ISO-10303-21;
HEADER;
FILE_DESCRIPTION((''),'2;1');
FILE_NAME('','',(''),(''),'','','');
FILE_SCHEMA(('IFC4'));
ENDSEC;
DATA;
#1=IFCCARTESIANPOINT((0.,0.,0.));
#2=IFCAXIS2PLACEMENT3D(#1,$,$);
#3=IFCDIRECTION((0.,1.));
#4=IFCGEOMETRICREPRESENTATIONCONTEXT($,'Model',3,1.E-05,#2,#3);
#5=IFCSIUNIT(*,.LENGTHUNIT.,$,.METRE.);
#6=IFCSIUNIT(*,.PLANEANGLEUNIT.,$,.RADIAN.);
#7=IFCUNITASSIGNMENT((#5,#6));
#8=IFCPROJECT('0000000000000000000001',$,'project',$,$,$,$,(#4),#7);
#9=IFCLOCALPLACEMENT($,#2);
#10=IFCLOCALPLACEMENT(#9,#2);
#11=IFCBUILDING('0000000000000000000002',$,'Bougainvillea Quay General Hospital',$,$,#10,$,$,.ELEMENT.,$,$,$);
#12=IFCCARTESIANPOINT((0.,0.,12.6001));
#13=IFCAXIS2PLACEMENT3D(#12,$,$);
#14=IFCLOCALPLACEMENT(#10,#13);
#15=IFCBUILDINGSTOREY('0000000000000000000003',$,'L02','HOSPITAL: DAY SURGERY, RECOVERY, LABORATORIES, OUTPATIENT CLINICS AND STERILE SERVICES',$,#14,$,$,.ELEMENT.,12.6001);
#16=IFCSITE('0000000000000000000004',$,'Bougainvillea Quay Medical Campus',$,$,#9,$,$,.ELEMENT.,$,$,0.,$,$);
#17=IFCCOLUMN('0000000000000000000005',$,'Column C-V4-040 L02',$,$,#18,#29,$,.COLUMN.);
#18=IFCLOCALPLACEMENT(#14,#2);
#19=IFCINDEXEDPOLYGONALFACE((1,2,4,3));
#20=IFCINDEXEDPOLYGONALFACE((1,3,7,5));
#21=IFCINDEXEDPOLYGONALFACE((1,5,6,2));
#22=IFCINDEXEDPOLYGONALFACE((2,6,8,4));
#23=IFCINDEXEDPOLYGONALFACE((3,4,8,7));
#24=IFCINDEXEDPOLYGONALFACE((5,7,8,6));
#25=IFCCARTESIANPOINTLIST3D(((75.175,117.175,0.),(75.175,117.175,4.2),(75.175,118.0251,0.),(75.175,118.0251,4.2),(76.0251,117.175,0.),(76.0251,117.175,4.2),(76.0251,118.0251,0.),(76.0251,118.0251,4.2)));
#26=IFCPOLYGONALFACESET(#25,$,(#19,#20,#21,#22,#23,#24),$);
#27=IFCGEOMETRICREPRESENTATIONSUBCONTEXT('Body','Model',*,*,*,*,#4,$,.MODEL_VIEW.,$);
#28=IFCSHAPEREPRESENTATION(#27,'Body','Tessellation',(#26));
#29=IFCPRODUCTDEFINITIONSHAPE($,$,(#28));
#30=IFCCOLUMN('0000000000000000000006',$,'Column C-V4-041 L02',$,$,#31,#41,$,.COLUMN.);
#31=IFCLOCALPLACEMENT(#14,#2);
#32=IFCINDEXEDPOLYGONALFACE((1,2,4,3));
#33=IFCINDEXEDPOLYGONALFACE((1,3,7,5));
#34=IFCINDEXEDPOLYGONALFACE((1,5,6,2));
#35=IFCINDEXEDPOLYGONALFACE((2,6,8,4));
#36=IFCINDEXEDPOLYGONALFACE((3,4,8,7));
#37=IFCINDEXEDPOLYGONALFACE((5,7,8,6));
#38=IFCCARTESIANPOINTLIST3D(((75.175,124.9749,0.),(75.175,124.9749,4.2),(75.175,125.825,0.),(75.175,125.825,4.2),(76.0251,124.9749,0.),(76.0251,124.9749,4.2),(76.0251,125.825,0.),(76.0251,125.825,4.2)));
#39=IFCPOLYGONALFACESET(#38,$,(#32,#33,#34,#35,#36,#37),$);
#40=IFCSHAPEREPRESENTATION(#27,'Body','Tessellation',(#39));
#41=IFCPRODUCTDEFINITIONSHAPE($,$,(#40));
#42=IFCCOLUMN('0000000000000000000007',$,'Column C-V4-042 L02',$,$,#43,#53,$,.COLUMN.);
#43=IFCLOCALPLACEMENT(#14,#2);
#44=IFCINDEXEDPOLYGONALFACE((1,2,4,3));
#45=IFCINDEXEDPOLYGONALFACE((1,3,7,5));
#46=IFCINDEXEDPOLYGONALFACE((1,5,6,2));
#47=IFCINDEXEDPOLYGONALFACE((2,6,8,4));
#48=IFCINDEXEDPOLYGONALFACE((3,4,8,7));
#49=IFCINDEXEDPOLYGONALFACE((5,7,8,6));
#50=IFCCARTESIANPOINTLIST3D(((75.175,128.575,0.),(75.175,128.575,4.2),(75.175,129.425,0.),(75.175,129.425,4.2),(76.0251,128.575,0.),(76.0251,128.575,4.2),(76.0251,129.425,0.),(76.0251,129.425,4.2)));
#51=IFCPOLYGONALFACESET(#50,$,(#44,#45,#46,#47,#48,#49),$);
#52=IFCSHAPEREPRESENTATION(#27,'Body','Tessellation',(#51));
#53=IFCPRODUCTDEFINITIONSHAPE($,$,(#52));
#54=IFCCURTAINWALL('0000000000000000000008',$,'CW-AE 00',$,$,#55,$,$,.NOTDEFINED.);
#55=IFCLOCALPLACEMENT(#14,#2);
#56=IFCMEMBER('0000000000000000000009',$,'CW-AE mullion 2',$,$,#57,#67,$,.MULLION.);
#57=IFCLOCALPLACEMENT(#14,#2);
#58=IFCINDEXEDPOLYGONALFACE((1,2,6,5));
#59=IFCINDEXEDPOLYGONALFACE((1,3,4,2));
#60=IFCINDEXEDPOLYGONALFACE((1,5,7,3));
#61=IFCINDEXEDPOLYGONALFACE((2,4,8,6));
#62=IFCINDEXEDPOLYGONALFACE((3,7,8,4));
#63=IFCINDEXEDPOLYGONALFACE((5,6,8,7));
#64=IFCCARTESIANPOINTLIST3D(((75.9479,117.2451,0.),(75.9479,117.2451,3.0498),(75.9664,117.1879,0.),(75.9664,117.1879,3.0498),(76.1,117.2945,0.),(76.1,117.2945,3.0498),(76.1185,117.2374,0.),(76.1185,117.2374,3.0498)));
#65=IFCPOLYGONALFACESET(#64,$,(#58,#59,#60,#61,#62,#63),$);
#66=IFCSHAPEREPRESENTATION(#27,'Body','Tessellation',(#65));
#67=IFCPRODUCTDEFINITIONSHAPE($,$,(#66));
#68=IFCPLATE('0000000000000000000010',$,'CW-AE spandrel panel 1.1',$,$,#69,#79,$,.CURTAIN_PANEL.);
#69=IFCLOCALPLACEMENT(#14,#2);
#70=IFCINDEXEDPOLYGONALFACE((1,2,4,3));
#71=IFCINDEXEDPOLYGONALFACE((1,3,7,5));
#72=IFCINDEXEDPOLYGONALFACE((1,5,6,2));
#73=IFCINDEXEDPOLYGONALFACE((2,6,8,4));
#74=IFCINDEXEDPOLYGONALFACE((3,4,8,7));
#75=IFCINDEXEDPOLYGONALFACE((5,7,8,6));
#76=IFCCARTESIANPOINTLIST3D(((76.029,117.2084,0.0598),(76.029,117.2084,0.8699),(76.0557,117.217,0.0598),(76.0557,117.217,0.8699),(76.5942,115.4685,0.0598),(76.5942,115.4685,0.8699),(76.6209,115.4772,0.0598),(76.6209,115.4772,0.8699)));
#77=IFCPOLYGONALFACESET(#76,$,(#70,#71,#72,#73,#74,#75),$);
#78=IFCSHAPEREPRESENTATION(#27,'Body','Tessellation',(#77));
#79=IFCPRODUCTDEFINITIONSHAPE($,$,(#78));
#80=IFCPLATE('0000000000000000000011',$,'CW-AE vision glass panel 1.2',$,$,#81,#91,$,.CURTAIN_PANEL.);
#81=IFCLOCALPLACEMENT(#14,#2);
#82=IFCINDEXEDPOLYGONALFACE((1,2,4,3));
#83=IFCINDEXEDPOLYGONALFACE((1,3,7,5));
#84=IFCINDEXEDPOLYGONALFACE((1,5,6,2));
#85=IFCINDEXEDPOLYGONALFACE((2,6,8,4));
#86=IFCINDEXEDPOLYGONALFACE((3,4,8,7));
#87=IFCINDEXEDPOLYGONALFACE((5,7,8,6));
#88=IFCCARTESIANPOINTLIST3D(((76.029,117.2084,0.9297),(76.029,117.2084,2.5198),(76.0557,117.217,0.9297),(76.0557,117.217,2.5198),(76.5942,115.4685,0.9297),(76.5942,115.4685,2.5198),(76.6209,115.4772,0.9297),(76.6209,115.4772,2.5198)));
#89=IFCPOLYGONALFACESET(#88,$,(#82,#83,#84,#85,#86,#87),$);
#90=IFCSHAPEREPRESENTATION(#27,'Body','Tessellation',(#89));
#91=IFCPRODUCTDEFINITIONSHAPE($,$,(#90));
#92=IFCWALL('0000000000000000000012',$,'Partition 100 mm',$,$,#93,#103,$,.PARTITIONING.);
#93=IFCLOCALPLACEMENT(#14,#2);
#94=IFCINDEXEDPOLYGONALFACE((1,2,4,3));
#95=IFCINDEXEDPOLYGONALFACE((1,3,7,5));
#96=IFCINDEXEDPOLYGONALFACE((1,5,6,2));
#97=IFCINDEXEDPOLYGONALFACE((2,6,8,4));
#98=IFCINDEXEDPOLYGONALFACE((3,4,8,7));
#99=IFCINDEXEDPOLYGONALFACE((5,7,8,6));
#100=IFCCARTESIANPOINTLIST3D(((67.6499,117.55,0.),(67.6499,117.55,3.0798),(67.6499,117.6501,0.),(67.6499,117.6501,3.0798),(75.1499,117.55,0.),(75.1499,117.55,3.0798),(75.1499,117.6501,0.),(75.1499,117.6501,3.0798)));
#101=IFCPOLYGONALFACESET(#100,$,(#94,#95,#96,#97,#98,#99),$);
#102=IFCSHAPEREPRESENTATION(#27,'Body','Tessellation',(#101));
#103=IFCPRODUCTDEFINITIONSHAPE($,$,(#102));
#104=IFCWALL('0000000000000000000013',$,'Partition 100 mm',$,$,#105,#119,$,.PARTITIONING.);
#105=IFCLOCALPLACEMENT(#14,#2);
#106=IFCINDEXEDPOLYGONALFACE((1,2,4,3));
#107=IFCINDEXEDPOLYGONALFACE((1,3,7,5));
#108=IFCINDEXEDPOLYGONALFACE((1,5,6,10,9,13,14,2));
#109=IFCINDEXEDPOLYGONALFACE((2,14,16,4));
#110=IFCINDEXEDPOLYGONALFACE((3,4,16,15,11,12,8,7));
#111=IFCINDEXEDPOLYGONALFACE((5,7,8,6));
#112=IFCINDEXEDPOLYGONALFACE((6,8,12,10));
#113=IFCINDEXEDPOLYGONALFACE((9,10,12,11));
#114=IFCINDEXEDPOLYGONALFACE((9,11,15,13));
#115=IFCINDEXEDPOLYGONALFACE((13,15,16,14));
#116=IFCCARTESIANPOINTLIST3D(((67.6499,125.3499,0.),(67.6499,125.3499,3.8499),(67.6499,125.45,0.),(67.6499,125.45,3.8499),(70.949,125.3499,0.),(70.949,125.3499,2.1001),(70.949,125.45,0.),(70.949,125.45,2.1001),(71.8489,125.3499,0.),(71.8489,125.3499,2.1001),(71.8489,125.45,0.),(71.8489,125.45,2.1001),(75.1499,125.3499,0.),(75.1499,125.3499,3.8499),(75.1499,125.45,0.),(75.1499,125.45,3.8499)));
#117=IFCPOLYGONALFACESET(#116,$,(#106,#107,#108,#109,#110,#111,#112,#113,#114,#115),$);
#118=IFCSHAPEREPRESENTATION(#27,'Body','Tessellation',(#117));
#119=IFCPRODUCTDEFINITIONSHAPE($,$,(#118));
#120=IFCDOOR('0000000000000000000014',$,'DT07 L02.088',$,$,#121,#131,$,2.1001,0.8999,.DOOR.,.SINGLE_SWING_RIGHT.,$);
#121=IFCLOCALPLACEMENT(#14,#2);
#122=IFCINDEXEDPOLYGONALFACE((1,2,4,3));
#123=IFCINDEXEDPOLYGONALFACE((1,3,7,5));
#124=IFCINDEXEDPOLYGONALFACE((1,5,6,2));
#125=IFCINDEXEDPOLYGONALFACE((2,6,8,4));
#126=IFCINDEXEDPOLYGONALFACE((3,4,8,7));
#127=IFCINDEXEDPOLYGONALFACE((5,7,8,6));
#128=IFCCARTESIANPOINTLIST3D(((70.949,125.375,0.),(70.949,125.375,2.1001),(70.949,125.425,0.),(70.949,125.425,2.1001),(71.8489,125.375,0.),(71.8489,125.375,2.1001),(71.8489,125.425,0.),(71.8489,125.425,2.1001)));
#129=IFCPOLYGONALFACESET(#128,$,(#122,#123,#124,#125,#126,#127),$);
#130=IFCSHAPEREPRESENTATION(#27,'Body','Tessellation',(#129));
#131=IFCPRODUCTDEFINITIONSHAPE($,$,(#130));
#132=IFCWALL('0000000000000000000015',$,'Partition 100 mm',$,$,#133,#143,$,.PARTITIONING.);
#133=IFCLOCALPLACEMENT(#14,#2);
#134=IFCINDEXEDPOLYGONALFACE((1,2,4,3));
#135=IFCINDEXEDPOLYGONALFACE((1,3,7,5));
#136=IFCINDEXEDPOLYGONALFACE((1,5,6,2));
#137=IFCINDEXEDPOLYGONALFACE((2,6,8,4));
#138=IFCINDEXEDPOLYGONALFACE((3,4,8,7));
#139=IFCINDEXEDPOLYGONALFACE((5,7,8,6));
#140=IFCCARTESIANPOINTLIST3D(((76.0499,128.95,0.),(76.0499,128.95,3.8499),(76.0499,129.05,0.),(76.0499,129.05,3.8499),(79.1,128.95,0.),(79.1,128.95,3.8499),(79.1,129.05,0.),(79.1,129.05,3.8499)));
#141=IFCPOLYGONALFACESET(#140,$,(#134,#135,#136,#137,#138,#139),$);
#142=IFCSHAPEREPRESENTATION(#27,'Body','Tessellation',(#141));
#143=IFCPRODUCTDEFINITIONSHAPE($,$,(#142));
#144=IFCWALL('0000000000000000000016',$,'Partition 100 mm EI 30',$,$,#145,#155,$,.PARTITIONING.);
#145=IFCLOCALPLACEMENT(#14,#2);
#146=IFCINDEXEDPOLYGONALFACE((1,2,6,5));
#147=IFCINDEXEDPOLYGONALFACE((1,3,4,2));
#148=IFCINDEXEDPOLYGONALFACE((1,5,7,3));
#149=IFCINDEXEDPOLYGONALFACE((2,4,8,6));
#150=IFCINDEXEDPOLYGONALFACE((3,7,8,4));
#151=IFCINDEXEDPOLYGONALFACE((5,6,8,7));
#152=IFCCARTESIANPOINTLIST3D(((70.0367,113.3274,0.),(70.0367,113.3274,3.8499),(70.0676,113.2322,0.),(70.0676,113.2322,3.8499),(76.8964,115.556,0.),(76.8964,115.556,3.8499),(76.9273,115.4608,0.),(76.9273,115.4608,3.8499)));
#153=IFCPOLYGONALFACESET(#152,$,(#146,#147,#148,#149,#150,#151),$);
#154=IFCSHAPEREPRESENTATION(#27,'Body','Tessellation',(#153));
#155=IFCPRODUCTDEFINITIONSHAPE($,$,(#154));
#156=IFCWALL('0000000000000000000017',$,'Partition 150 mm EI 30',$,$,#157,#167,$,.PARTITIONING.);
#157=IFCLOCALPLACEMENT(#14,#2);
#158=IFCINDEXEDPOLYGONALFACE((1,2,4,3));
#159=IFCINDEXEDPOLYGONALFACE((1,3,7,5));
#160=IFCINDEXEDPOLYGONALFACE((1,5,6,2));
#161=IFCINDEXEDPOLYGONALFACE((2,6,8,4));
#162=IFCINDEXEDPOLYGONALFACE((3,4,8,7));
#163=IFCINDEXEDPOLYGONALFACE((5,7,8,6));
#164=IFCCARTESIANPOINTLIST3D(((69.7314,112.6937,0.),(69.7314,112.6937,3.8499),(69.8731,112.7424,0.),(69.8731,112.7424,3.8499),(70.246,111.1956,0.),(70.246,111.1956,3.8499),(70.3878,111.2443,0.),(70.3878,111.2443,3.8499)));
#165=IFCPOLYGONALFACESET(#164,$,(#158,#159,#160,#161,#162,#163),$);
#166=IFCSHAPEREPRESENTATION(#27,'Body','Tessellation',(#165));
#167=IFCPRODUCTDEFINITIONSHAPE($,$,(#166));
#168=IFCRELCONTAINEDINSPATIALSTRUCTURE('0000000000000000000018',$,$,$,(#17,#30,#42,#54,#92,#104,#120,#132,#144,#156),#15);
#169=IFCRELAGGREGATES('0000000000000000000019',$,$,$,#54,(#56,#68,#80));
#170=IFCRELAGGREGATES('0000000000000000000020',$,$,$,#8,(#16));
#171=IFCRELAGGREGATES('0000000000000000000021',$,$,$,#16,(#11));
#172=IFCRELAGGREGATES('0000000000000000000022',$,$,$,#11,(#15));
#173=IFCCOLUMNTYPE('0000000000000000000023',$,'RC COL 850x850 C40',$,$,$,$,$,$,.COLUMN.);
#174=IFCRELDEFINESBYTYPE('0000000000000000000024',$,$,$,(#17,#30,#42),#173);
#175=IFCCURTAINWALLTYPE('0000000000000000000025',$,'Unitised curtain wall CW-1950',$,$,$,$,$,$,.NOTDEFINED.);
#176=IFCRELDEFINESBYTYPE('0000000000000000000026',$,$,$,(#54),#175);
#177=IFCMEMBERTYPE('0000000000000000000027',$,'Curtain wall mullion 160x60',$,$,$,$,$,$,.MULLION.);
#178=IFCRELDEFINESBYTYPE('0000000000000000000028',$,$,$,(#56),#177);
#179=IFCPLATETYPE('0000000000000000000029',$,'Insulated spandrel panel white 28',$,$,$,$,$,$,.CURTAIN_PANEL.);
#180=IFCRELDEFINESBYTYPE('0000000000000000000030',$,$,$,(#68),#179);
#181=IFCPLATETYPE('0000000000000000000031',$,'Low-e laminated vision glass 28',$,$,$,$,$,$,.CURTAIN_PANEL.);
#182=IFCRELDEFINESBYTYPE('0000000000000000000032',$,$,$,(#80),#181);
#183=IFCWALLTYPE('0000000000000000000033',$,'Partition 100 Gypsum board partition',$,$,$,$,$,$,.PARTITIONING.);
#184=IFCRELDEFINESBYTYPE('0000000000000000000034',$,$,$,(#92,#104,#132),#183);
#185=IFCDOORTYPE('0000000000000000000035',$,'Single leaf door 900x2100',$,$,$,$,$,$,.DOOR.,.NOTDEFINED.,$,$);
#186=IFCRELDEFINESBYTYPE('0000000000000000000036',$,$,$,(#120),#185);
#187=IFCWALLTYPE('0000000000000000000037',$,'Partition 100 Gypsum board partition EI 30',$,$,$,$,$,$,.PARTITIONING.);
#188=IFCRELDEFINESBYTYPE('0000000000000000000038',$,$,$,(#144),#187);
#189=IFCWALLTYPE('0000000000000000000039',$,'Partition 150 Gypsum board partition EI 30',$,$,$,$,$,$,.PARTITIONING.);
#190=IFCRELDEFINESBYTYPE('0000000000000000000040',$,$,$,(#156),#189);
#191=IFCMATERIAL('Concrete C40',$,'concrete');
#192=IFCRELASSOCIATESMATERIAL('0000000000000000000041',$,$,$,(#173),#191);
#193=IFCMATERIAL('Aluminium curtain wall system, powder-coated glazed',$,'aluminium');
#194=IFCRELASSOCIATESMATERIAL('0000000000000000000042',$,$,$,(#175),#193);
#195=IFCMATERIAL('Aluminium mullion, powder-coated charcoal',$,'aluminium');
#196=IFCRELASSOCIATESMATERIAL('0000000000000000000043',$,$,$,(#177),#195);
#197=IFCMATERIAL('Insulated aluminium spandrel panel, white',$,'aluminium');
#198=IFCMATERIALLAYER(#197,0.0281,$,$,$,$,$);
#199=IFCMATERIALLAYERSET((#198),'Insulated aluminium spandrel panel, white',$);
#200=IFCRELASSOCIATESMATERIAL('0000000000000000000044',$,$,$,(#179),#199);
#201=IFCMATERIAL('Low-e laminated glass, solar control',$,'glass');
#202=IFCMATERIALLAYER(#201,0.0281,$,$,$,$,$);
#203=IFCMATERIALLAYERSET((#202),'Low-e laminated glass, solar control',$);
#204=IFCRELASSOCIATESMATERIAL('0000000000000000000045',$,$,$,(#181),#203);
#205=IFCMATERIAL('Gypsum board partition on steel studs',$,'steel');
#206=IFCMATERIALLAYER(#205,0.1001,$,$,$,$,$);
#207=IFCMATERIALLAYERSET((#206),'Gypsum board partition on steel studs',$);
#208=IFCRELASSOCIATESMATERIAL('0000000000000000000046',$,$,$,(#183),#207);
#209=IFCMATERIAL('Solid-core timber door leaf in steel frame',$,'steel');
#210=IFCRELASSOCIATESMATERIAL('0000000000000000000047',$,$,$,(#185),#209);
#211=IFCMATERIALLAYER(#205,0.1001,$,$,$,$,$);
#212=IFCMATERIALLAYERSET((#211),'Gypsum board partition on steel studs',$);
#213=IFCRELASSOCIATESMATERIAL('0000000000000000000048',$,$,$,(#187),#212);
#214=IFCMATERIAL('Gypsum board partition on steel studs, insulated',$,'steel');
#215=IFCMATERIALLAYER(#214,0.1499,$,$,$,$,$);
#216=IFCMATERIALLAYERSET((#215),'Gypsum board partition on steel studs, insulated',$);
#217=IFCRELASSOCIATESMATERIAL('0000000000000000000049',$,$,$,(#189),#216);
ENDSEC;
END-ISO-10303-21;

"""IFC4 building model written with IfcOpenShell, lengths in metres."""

from ifc_helpers import new_model, si_unit, direction, frame, frame_2d, origin, origin_2d, place, context, subcontext, project, spatial, rectangle, extrude, material, layer, layer_set, material_profile, profile_set, type_object, element, fill, aggregate, save


model = new_model("IFC4")

# Units and contexts
model_context = context("Model", 3, precision=1e-05, world=origin(), true_north=direction((0.0, 1.0)))
body_context = subcontext(model_context, "Body", "Model", "MODEL_VIEW")
ifc_project = project(units=[si_unit("LENGTHUNIT", "METRE"), si_unit("PLANEANGLEUNIT", "RADIAN")], contexts=[model_context])

# Site, building, storey
site_placement = place(None, origin())
site = spatial("IfcSite", under=ifc_project, at=site_placement, Name="Bougainvillea Quay Medical Campus", CompositionType="ELEMENT", RefElevation=0.0)
building_placement = place(site_placement, origin())
building = spatial("IfcBuilding", under=site, at=building_placement, Name="Bougainvillea Quay General Hospital", CompositionType="ELEMENT")
storey_placement = place(building_placement, frame((0.0, 0.0, 12.6001)))
storey = spatial("IfcBuildingStorey", under=building, at=storey_placement, Name="L02", Description="HOSPITAL: DAY SURGERY, RECOVERY, LABORATORIES, OUTPATIENT CLINICS AND STERILE SERVICES", CompositionType="ELEMENT", Elevation=12.6001)

# Columns
ifc_material_1 = material(Name="Concrete C40", Category="concrete")
ifc_material_profile_1 = material_profile(ifc_material_1, rectangle(XDim=0.8501, YDim=0.8501, at=origin_2d()))
ifc_profile_set_1 = profile_set([ifc_material_profile_1], Name="Concrete C40")
column_type = type_object("IfcColumnType", Name="RC COL 850x850 C40", PredefinedType="COLUMN", material=ifc_profile_set_1)
for number, where, z_axis, x_axis, name in (
    (1, (75.6001, 117.6001, 0.0), (0.0, 0.0, 1.0), (1.0, 0.0, 0.0), "Column C-V4-040 L02"),
    (2, (75.6001, 125.3999, 0.0), (0.0, 0.0, 1.0), (1.0, 0.0, 0.0), "Column C-V4-041 L02"),
    (3, (75.6001, 129.0, 0.0), (0.0, 0.0, 1.0), (1.0, 0.0, 0.0), "Column C-V4-042 L02"),
):
    element("IfcColumn", number, at=place(storey_placement, frame(where, z_axis=z_axis, x_axis=x_axis)), inside=storey, type_object=column_type, Name=name, PredefinedType="COLUMN", context=body_context, shape_type="SweptSolid", body=[
        extrude(rectangle(XDim=0.8501, YDim=0.8501, at=origin_2d()), origin(), (0.0, 0.0, 1.0), 4.2),
    ])

# Curtain wall, member, plates
ifc_material_2 = material(Name="Aluminium curtain wall system, powder-coated glazed", Category="aluminium")
curtain_wall_type = type_object("IfcCurtainWallType", Name="Unitised curtain wall CW-1950", PredefinedType="NOTDEFINED", material=ifc_material_2)
curtain_wall_placement = place(storey_placement, origin())
curtain_wall = element("IfcCurtainWall", 4, at=curtain_wall_placement, inside=storey, type_object=curtain_wall_type, Name="CW-AE 00", PredefinedType="NOTDEFINED")
ifc_material_3 = material(Name="Aluminium mullion, powder-coated charcoal", Category="aluminium")
ifc_material_profile_2 = material_profile(ifc_material_3, rectangle(XDim=0.1599, YDim=0.0601, at=origin_2d()))
ifc_profile_set_2 = profile_set([ifc_material_profile_2], Name="Aluminium mullion, powder-coated charcoal")
member_type = type_object("IfcMemberType", Name="Curtain wall mullion 160x60", PredefinedType="MULLION", material=ifc_profile_set_2)
member_placement = place(storey_placement, frame((76.0332, 117.2412, 0.0), z_axis=(0.0, 0.0, 1.0), x_axis=(-0.951072, -0.308971, 0.0)))
member = element("IfcMember", 5, at=member_placement, type_object=member_type, Name="CW-AE mullion 2", PredefinedType="MULLION", context=body_context, shape_type="SweptSolid", body=[
    extrude(rectangle(XDim=0.1599, YDim=0.0601, at=origin_2d()), origin(), (0.0, 0.0, 1.0), 3.0498),
])
ifc_material_4 = material(Name="Insulated aluminium spandrel panel, white", Category="aluminium")
ifc_layer_1 = layer(ifc_material_4, 0.0281)
ifc_layer_set_1 = layer_set([ifc_layer_1], Name="Insulated aluminium spandrel panel, white")
plate_type_1 = type_object("IfcPlateType", Name="Insulated spandrel panel white 28", PredefinedType="CURTAIN_PANEL", material=ifc_layer_set_1)
plate_1_placement = place(storey_placement, frame((76.325, 116.3428, 0.0598), z_axis=(0.0, 0.0, 1.0), x_axis=(-0.308971, 0.951072, 0.0)))
plate_1 = element("IfcPlate", 6, at=plate_1_placement, type_object=plate_type_1, Name="CW-AE spandrel panel 1.1", PredefinedType="CURTAIN_PANEL", context=body_context, shape_type="SweptSolid", body=[
    extrude(rectangle(XDim=1.8293, YDim=0.0281, at=origin_2d()), origin(), (0.0, 0.0, 1.0), 0.8101),
])
ifc_material_5 = material(Name="Low-e laminated glass, solar control", Category="glass")
ifc_layer_2 = layer(ifc_material_5, 0.0281)
ifc_layer_set_2 = layer_set([ifc_layer_2], Name="Low-e laminated glass, solar control")
plate_type_2 = type_object("IfcPlateType", Name="Low-e laminated vision glass 28", PredefinedType="CURTAIN_PANEL", material=ifc_layer_set_2)
plate_2_placement = place(storey_placement, frame((76.325, 116.3428, 0.9297), z_axis=(0.0, 0.0, 1.0), x_axis=(-0.308971, 0.951072, 0.0)))
plate_2 = element("IfcPlate", 7, at=plate_2_placement, type_object=plate_type_2, Name="CW-AE vision glass panel 1.2", PredefinedType="CURTAIN_PANEL", context=body_context, shape_type="SweptSolid", body=[
    extrude(rectangle(XDim=1.8293, YDim=0.0281, at=origin_2d()), origin(), (0.0, 0.0, 1.0), 1.5901),
])
aggregate(curtain_wall, [member, plate_1, plate_2])

# Wall
ifc_material_6 = material(Name="Gypsum board partition on steel studs", Category="steel")
ifc_layer_3 = layer(ifc_material_6, 0.1001)
ifc_layer_set_3 = layer_set([ifc_layer_3], Name="Gypsum board partition on steel studs")
wall_type_1 = type_object("IfcWallType", Name="Partition 100 Gypsum board partition", PredefinedType="PARTITIONING", material=ifc_layer_set_3)
wall_1_placement = place(storey_placement, frame((75.1499, 117.6001, 0.0), z_axis=(0.0, 0.0, 1.0), x_axis=(-1.0, 0.0, 0.0)))
element("IfcWall", 8, at=wall_1_placement, inside=storey, type_object=wall_type_1, Name="Partition 100 mm", PredefinedType="PARTITIONING", context=body_context, shape_type="SweptSolid", body=[
    extrude(rectangle(XDim=7.5, YDim=0.1001, at=frame_2d((3.75, 0.0))), origin(), (0.0, 0.0, 1.0), 3.0798),
])

# Wall, opening, door
wall_2_placement = place(storey_placement, frame((75.1499, 125.3999, 0.0), z_axis=(0.0, 0.0, 1.0), x_axis=(-1.0, 0.0, 0.0)))
wall_2 = element("IfcWall", 9, at=wall_2_placement, inside=storey, type_object=wall_type_1, Name="Partition 100 mm", PredefinedType="PARTITIONING", context=body_context, shape_type="SweptSolid", body=[
    extrude(rectangle(XDim=7.5, YDim=0.1001, at=frame_2d((3.75, 0.0))), origin(), (0.0, 0.0, 1.0), 3.8499),
])
opening_1_placement = place(wall_2_placement, frame((3.301, 0.0, 0.0)))
opening_1 = element("IfcOpeningElement", 10, at=opening_1_placement, cuts=wall_2, PredefinedType="OPENING", context=body_context, shape_type="SweptSolid", body=[
    extrude(rectangle(XDim=0.8999, YDim=2.1001, at=frame_2d((0.45, 1.05))), frame((0.0, 0.0601, 0.0), z_axis=(0.0, -1.0, 0.0), x_axis=(1.0, 0.0, 0.0)), (0.0, 0.0, 1.0), 0.1201),
])
ifc_material_7 = material(Name="Solid-core timber door leaf in steel frame", Category="steel")
door_type_1 = type_object("IfcDoorType", Name="Single leaf door 900x2100", OperationType="NOTDEFINED", PredefinedType="DOOR", material=ifc_material_7)
door_1_placement = place(opening_1_placement, origin())
door_1 = element("IfcDoor", 11, at=door_1_placement, inside=storey, type_object=door_type_1, Name="DT07 L02.088", OperationType="SINGLE_SWING_RIGHT", OverallHeight=2.1001, OverallWidth=0.8999, PredefinedType="DOOR", context=body_context, shape_type="SweptSolid", body=[
    extrude(rectangle(XDim=0.8999, YDim=2.1001, at=frame_2d((0.45, 1.05))), frame((0.0, 0.0249, 0.0), z_axis=(0.0, -1.0, 0.0), x_axis=(1.0, 0.0, 0.0)), (0.0, 0.0, 1.0), 0.05),
])
fill(opening_1, door_1)

# Walls
wall_3_placement = place(storey_placement, frame((76.05, 129.0, 0.0), z_axis=(0.0, 0.0, 1.0), x_axis=(1.0, 0.0, 0.0)))
element("IfcWall", 12, at=wall_3_placement, inside=storey, type_object=wall_type_1, Name="Partition 100 mm", PredefinedType="PARTITIONING", context=body_context, shape_type="SweptSolid", body=[
    extrude(rectangle(XDim=3.05, YDim=0.1001, at=frame_2d((1.5249, 0.0))), origin(), (0.0, 0.0, 1.0), 3.8499),
])
ifc_layer_4 = layer(ifc_material_6, 0.1001)
ifc_layer_set_4 = layer_set([ifc_layer_4], Name="Gypsum board partition on steel studs")
wall_type_2 = type_object("IfcWallType", Name="Partition 100 Gypsum board partition EI 30", PredefinedType="PARTITIONING", material=ifc_layer_set_4)
wall_4_placement = place(storey_placement, frame((70.052, 113.2798, 0.0), z_axis=(0.0, 0.0, 1.0), x_axis=(0.951069, 0.308978, 0.0)))
element("IfcWall", 13, at=wall_4_placement, inside=storey, type_object=wall_type_2, Name="Partition 100 mm EI 30", PredefinedType="PARTITIONING", context=body_context, shape_type="SweptSolid", body=[
    extrude(rectangle(XDim=7.2126, YDim=0.1001, at=frame_2d((3.6064, 0.0))), origin(), (0.0, 0.0, 1.0), 3.8499),
])
ifc_material_8 = material(Name="Gypsum board partition on steel studs, insulated", Category="steel")
ifc_layer_5 = layer(ifc_material_8, 0.1499)
ifc_layer_set_5 = layer_set([ifc_layer_5], Name="Gypsum board partition on steel studs, insulated")
wall_type_3 = type_object("IfcWallType", Name="Partition 150 Gypsum board partition EI 30", PredefinedType="PARTITIONING", material=ifc_layer_set_5)
wall_5_placement = place(storey_placement, frame((69.8022, 112.718, 0.0), z_axis=(0.0, 0.0, 1.0), x_axis=(0.324907, -0.945746, 0.0)))
element("IfcWall", 14, at=wall_5_placement, inside=storey, type_object=wall_type_3, Name="Partition 150 mm EI 30", PredefinedType="PARTITIONING", context=body_context, shape_type="SweptSolid", body=[
    extrude(rectangle(XDim=1.584, YDim=0.1499, at=frame_2d((0.792, 0.0))), origin(), (0.0, 0.0, 1.0), 3.8499),
])

save(model, "model.ifc")
